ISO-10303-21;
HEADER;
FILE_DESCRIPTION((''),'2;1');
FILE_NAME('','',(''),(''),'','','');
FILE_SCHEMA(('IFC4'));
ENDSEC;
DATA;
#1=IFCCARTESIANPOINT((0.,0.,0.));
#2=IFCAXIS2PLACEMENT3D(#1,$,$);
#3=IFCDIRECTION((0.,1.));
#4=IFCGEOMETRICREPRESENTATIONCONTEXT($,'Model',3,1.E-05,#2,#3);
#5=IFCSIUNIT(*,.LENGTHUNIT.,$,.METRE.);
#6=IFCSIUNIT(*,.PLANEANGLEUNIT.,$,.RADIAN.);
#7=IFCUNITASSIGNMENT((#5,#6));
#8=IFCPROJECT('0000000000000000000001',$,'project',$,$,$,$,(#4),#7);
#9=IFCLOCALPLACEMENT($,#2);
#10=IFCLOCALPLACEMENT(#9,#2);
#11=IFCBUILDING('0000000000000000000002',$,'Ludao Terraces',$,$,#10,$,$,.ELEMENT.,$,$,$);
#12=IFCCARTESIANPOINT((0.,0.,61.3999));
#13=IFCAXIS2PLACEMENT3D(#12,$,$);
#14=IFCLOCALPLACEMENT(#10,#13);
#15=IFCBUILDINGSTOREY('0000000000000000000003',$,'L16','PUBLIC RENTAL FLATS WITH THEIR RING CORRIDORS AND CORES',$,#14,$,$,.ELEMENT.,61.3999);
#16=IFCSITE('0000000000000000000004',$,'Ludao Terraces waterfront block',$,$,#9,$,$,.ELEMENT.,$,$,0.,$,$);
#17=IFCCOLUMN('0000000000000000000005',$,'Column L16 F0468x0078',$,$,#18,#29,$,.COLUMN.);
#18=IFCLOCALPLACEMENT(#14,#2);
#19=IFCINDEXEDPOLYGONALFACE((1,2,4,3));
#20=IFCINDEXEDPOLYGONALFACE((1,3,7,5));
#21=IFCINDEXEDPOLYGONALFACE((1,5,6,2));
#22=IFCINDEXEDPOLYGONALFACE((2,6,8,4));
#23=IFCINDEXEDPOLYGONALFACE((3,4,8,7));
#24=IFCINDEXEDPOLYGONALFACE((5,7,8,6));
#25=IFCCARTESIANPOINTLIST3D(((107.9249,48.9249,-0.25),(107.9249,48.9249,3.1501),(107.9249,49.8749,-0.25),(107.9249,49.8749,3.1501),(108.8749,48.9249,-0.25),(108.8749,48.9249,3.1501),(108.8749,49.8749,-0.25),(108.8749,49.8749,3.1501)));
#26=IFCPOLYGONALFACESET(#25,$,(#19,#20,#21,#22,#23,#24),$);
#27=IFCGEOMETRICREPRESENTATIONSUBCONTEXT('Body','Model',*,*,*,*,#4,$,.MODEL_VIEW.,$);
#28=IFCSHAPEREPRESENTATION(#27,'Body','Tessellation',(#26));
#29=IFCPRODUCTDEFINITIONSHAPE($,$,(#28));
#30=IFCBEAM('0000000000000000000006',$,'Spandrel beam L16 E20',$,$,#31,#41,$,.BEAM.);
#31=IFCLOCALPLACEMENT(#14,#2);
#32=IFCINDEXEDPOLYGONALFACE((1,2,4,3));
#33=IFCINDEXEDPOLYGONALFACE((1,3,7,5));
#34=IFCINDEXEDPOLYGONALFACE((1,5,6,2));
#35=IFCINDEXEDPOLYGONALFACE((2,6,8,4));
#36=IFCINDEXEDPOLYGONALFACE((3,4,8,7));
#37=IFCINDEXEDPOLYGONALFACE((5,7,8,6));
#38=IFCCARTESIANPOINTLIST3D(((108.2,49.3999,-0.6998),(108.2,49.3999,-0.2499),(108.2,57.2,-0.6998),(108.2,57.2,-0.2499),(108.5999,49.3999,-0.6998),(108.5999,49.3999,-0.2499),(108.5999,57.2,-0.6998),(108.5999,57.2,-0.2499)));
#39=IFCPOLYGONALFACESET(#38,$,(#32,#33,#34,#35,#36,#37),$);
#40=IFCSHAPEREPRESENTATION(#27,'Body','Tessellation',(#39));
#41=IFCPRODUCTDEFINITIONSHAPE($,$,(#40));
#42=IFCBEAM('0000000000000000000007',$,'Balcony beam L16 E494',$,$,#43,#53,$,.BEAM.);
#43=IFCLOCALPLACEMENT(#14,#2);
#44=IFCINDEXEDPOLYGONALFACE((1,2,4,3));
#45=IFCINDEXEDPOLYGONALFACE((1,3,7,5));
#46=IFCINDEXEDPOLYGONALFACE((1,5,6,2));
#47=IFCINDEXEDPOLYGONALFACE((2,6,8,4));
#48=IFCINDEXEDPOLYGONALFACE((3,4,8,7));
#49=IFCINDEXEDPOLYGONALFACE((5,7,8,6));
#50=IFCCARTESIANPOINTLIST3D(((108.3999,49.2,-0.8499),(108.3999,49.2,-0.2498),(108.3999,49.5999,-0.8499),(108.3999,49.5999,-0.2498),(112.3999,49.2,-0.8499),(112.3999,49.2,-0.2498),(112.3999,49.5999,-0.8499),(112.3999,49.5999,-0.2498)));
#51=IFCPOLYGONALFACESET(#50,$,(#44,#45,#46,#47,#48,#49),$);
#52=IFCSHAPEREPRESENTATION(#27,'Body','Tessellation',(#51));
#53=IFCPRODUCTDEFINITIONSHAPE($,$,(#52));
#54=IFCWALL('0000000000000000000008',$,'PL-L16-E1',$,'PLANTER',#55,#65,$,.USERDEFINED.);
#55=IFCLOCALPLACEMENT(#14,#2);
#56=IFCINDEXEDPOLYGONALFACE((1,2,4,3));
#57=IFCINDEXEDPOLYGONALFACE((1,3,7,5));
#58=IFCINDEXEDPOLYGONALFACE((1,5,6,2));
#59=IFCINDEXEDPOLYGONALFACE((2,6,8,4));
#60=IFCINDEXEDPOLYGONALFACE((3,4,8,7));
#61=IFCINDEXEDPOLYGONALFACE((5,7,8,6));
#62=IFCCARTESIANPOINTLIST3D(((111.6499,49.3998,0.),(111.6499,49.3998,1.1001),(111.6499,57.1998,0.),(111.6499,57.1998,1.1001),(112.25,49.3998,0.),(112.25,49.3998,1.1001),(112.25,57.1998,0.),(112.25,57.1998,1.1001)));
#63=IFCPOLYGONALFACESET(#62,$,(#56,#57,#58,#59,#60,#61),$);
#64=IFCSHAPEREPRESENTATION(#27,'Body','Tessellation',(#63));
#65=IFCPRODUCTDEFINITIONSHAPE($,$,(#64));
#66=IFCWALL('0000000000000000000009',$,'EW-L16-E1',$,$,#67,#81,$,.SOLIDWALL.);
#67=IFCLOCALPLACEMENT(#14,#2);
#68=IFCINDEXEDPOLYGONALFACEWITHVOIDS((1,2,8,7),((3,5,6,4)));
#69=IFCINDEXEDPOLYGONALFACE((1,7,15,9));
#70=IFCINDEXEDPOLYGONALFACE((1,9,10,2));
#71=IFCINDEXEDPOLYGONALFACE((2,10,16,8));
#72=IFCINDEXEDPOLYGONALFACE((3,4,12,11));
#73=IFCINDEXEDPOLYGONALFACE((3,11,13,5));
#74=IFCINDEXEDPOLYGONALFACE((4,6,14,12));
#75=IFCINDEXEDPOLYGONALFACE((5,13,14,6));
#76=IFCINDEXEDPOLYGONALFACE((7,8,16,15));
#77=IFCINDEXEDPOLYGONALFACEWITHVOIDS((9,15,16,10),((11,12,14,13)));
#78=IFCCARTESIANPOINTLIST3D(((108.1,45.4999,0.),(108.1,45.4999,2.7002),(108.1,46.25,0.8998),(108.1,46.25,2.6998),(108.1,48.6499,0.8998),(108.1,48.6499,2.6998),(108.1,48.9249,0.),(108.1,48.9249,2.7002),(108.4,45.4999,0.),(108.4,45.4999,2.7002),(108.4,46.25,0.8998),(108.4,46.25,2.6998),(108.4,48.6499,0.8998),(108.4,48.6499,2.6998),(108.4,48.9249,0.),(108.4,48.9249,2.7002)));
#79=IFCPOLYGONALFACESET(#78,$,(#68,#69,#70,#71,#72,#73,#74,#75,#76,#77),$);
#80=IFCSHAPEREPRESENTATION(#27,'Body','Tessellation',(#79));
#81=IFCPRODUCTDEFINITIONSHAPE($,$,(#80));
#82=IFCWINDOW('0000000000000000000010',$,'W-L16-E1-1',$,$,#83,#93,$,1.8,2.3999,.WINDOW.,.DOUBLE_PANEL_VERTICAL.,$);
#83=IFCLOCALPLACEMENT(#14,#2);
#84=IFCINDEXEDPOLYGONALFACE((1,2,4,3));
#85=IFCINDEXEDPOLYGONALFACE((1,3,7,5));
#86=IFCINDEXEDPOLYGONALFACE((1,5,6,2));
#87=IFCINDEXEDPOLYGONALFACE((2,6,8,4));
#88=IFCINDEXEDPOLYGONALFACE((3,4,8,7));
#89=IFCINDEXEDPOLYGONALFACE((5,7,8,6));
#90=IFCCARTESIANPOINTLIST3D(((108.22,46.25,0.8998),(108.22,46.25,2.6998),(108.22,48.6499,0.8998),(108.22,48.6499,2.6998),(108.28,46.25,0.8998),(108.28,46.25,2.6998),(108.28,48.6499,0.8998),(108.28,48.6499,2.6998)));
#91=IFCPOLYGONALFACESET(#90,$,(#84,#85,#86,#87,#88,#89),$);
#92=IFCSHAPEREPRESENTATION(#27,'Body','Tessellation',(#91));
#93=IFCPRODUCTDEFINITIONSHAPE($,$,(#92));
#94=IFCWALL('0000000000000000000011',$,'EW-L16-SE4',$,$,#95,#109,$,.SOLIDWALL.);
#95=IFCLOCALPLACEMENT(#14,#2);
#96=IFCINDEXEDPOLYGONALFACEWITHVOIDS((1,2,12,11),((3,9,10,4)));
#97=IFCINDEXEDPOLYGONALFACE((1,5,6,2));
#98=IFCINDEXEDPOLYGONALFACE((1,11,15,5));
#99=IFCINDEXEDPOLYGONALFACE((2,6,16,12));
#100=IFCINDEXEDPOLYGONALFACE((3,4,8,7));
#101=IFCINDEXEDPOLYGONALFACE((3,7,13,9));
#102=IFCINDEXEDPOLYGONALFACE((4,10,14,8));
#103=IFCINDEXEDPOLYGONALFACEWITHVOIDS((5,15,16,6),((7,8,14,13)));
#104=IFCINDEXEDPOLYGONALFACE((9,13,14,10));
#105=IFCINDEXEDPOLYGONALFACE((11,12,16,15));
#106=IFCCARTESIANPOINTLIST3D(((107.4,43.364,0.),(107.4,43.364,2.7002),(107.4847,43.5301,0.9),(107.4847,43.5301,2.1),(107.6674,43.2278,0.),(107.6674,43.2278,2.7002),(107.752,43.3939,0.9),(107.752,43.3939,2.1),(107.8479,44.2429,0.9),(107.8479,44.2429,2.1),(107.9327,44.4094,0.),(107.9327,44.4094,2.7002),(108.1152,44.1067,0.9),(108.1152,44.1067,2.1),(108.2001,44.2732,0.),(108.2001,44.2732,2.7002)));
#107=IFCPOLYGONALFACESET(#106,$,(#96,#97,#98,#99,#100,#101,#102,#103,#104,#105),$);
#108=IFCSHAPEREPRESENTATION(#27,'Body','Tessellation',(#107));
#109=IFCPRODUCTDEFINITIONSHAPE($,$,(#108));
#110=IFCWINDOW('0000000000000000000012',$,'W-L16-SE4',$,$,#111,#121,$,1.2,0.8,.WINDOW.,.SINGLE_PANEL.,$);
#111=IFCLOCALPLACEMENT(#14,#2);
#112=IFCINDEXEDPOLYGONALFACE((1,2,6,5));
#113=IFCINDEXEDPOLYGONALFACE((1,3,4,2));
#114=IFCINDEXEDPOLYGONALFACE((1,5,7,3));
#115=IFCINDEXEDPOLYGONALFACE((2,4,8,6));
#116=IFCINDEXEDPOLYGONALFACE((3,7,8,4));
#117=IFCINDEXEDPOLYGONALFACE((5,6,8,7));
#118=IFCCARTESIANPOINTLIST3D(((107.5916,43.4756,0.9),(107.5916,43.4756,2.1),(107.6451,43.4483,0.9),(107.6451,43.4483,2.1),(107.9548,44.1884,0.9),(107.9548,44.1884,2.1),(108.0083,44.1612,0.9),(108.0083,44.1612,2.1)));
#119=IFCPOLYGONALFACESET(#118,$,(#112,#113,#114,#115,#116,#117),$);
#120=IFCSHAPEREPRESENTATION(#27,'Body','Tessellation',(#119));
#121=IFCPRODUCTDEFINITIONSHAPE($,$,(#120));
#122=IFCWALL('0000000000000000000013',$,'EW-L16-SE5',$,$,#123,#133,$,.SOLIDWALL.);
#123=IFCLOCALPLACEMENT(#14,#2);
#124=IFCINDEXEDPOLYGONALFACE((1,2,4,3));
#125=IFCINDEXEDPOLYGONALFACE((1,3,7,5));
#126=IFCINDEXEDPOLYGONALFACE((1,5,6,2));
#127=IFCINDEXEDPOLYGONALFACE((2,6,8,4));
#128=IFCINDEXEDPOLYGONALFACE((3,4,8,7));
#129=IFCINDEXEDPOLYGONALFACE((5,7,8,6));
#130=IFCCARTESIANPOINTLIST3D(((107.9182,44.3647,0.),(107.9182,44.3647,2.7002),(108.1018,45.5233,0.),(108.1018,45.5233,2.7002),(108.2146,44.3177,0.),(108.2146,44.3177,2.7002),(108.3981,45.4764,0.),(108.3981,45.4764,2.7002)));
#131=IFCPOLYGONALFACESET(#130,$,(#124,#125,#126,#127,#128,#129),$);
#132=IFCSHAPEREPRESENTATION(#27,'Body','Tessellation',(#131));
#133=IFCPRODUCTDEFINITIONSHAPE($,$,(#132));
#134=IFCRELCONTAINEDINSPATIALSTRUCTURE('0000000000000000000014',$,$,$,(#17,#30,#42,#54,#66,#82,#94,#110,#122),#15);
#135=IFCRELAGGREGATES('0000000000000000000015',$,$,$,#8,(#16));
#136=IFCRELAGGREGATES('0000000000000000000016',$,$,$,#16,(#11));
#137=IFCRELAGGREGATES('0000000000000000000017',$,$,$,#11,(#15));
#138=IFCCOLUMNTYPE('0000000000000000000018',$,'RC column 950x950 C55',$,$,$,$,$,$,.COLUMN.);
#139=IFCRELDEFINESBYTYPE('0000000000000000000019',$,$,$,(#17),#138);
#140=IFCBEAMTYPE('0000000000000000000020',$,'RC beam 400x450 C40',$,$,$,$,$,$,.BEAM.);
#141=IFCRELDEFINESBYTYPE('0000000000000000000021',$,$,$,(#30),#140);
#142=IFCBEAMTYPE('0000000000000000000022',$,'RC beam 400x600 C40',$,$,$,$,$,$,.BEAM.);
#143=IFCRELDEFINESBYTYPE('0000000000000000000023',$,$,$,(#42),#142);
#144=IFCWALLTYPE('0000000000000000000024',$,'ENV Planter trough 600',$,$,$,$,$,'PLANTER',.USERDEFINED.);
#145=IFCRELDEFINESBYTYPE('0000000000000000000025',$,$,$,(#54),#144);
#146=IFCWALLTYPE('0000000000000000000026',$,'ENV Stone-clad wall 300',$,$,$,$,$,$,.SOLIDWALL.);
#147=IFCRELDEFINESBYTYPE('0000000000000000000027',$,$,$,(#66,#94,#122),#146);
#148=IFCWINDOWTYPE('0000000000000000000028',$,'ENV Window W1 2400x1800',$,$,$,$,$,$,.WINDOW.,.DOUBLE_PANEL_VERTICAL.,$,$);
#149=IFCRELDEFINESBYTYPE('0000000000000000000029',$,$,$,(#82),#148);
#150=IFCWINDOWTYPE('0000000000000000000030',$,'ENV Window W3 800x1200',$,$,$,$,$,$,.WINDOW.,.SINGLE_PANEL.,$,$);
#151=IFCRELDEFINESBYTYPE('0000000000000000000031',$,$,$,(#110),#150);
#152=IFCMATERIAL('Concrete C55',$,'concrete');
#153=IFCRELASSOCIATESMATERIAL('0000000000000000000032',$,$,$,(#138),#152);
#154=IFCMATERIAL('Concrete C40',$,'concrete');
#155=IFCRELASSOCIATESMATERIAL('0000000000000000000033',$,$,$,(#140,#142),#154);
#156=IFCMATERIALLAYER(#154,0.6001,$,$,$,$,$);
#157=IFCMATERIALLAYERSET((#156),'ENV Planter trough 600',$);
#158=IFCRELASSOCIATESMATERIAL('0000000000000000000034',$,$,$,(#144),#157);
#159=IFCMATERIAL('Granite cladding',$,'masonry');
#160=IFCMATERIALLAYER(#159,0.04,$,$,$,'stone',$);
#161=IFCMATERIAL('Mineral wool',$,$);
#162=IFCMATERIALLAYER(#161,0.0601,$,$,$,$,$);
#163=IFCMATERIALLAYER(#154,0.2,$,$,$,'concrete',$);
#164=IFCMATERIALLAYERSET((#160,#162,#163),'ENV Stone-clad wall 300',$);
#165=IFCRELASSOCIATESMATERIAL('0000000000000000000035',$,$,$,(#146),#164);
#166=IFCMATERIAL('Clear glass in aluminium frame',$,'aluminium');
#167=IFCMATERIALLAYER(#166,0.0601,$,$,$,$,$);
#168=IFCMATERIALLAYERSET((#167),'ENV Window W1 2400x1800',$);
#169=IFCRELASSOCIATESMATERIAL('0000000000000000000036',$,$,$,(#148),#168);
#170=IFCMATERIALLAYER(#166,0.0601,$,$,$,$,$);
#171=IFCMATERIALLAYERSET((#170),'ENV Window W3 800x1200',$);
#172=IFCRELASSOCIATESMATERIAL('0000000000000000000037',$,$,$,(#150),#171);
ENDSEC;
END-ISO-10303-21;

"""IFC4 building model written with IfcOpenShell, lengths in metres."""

from ifc_helpers import new_model, si_unit, direction, frame, frame_2d, origin, origin_2d, place, context, subcontext, project, spatial, rectangle, extrude, material, layer, layer_set, material_profile, profile_set, type_object, element, fill, save


model = new_model("IFC4")

# Units and contexts
model_context = context("Model", 3, precision=1e-05, world=origin(), true_north=direction((0.0, 1.0)))
body_context = subcontext(model_context, "Body", "Model", "MODEL_VIEW")
ifc_project = project(units=[si_unit("LENGTHUNIT", "METRE"), si_unit("PLANEANGLEUNIT", "RADIAN")], contexts=[model_context])

# Site, building, storey
site_placement = place(None, origin())
site = spatial("IfcSite", under=ifc_project, at=site_placement, Name="Ludao Terraces waterfront block", CompositionType="ELEMENT", RefElevation=0.0)
building_placement = place(site_placement, origin())
building = spatial("IfcBuilding", under=site, at=building_placement, Name="Ludao Terraces", CompositionType="ELEMENT")
storey_placement = place(building_placement, frame((0.0, 0.0, 61.3999)))
storey = spatial("IfcBuildingStorey", under=building, at=storey_placement, Name="L16", Description="PUBLIC RENTAL FLATS WITH THEIR RING CORRIDORS AND CORES", CompositionType="ELEMENT", Elevation=61.3999)

# Column
ifc_material_1 = material(Name="Concrete C55", Category="concrete")
ifc_material_profile_1 = material_profile(ifc_material_1, rectangle(XDim=0.95, YDim=0.95, at=origin_2d()), Name="950 X 950")
ifc_profile_set_1 = profile_set([ifc_material_profile_1], Name="Concrete C55")
column_type = type_object("IfcColumnType", Name="RC column 950x950 C55", PredefinedType="COLUMN", material=ifc_profile_set_1)
column_placement = place(storey_placement, frame((108.3999, 49.3999, -0.25), z_axis=(0.0, 0.0, 1.0), x_axis=(1.0, 0.0, 0.0)))
element("IfcColumn", 1, at=column_placement, inside=storey, type_object=column_type, Name="Column L16 F0468x0078", PredefinedType="COLUMN", context=body_context, shape_type="SweptSolid", body=[
    extrude(rectangle(XDim=0.95, YDim=0.95, at=origin_2d()), origin(), (0.0, 0.0, 1.0), 3.4001),
])

# Beams
ifc_material_2 = material(Name="Concrete C40", Category="concrete")
ifc_material_profile_2 = material_profile(ifc_material_2, rectangle(XDim=0.3999, YDim=0.45, at=origin_2d()), Name="400 X 450")
ifc_profile_set_2 = profile_set([ifc_material_profile_2], Name="Concrete C40")
beam_type_1 = type_object("IfcBeamType", Name="RC beam 400x450 C40", PredefinedType="BEAM", material=ifc_profile_set_2)
beam_1_placement = place(storey_placement, frame((108.3999, 49.3999, -0.4749), z_axis=(0.0, 1.0, 0.0), x_axis=(-1.0, 0.0, 0.0)))
element("IfcBeam", 2, at=beam_1_placement, inside=storey, type_object=beam_type_1, Name="Spandrel beam L16 E20", PredefinedType="BEAM", context=body_context, shape_type="SweptSolid", body=[
    extrude(rectangle(XDim=0.3999, YDim=0.45, at=origin_2d()), origin(), (0.0, 0.0, 1.0), 7.8),
])
ifc_material_profile_3 = material_profile(ifc_material_2, rectangle(XDim=0.3999, YDim=0.6001, at=origin_2d()), Name="400 X 600")
ifc_profile_set_3 = profile_set([ifc_material_profile_3], Name="Concrete C40")
beam_type_2 = type_object("IfcBeamType", Name="RC beam 400x600 C40", PredefinedType="BEAM", material=ifc_profile_set_3)
beam_2_placement = place(storey_placement, frame((108.3999, 49.3999, -0.5498), z_axis=(1.0, 0.0, 0.0), x_axis=(0.0, 1.0, 0.0)))
element("IfcBeam", 3, at=beam_2_placement, inside=storey, type_object=beam_type_2, Name="Balcony beam L16 E494", PredefinedType="BEAM", context=body_context, shape_type="SweptSolid", body=[
    extrude(rectangle(XDim=0.3999, YDim=0.6001, at=origin_2d()), origin(), (0.0, 0.0, 1.0), 4.0),
])

# Wall
ifc_layer_1 = layer(ifc_material_2, 0.6001)
ifc_layer_set_1 = layer_set([ifc_layer_1], Name="ENV Planter trough 600")
wall_type_1 = type_object("IfcWallType", Name="ENV Planter trough 600", ElementType="PLANTER", PredefinedType="USERDEFINED", material=ifc_layer_set_1)
wall_1_placement = place(storey_placement, frame((111.95, 49.3999, 0.0), z_axis=(0.0, 0.0, 1.0), x_axis=(0.0, 1.0, 0.0)))
element("IfcWall", 4, at=wall_1_placement, inside=storey, type_object=wall_type_1, Name="PL-L16-E1", ObjectType="PLANTER", PredefinedType="USERDEFINED", context=body_context, shape_type="SweptSolid", body=[
    extrude(rectangle(XDim=7.8, YDim=0.6001, at=frame_2d((3.8999, 0.0))), origin(), (0.0, 0.0, 1.0), 1.1001),
])

# Walls, openings, windows
ifc_material_3 = material(Name="Granite cladding", Category="masonry")
ifc_layer_2 = layer(ifc_material_3, 0.04, Category="stone")
ifc_material_4 = material(Name="Mineral wool")
ifc_layer_3 = layer(ifc_material_4, 0.0601)
ifc_layer_4 = layer(ifc_material_2, 0.2, Category="concrete")
ifc_layer_set_2 = layer_set([ifc_layer_2, ifc_layer_3, ifc_layer_4], Name="ENV Stone-clad wall 300")
wall_type_2 = type_object("IfcWallType", Name="ENV Stone-clad wall 300", PredefinedType="SOLIDWALL", material=ifc_layer_set_2)
wall_2_placement = place(storey_placement, frame((108.25, 45.5, 0.0), z_axis=(0.0, 0.0, 1.0), x_axis=(0.0, 1.0, 0.0)))
wall_2 = element("IfcWall", 5, at=wall_2_placement, inside=storey, type_object=wall_type_2, Name="EW-L16-E1", PredefinedType="SOLIDWALL", context=body_context, shape_type="SweptSolid", body=[
    extrude(rectangle(XDim=3.425, YDim=0.3, at=frame_2d((1.7124, 0.0))), origin(), (0.0, 0.0, 1.0), 2.7002),
])
opening_1_placement = place(wall_2_placement, frame((0.75, 0.0, 0.8999)))
opening_1 = element("IfcOpeningElement", 6, at=opening_1_placement, cuts=wall_2, PredefinedType="OPENING", context=body_context, shape_type="SweptSolid", body=[
    extrude(rectangle(XDim=2.3999, YDim=1.8, at=frame_2d((1.2, 0.8999))), frame((0.0, 0.1602, 0.0), z_axis=(0.0, -1.0, 0.0), x_axis=(1.0, 0.0, 0.0)), (0.0, 0.0, 1.0), 0.3201),
])
ifc_material_5 = material(Name="Clear glass in aluminium frame", Category="aluminium")
ifc_layer_5 = layer(ifc_material_5, 0.0601)
ifc_layer_set_3 = layer_set([ifc_layer_5], Name="ENV Window W1 2400x1800")
window_type_1 = type_object("IfcWindowType", Name="ENV Window W1 2400x1800", PartitioningType="DOUBLE_PANEL_VERTICAL", PredefinedType="WINDOW", material=ifc_layer_set_3)
window_1_placement = place(opening_1_placement, origin())
window_1 = element("IfcWindow", 7, at=window_1_placement, inside=storey, type_object=window_type_1, Name="W-L16-E1-1", OverallHeight=1.8, OverallWidth=2.3999, PartitioningType="DOUBLE_PANEL_VERTICAL", PredefinedType="WINDOW", context=body_context, shape_type="SweptSolid", body=[
    extrude(rectangle(XDim=2.3999, YDim=1.8, at=frame_2d((1.2, 0.8999))), frame((0.0, 0.03, 0.0), z_axis=(0.0, -1.0, 0.0), x_axis=(1.0, 0.0, 0.0)), (0.0, 0.0, 1.0), 0.0601),
])
fill(opening_1, window_1)
wall_3_placement = place(storey_placement, frame((107.5337, 43.2959, 0.0), z_axis=(0.0, 0.0, 1.0), x_axis=(0.454026, 0.890989, 0.0)))
wall_3 = element("IfcWall", 8, at=wall_3_placement, inside=storey, type_object=wall_type_2, Name="EW-L16-SE4", PredefinedType="SOLIDWALL", context=body_context, shape_type="SweptSolid", body=[
    extrude(rectangle(XDim=1.1733, YDim=0.3, at=frame_2d((0.5867, 0.0))), origin(), (0.0, 0.0, 1.0), 2.7002),
])
opening_2_placement = place(wall_3_placement, frame((0.1865, 0.0, 0.8999)))
opening_2 = element("IfcOpeningElement", 9, at=opening_2_placement, cuts=wall_3, PredefinedType="OPENING", context=body_context, shape_type="SweptSolid", body=[
    extrude(rectangle(XDim=0.8, YDim=1.2, at=frame_2d((0.3999, 0.6001))), frame((0.0, 0.1602, 0.0), z_axis=(0.0, -1.0, 0.0), x_axis=(1.0, 0.0, 0.0)), (0.0, 0.0, 1.0), 0.3201),
])
ifc_layer_6 = layer(ifc_material_5, 0.0601)
ifc_layer_set_4 = layer_set([ifc_layer_6], Name="ENV Window W3 800x1200")
window_type_2 = type_object("IfcWindowType", Name="ENV Window W3 800x1200", PartitioningType="SINGLE_PANEL", PredefinedType="WINDOW", material=ifc_layer_set_4)
window_2_placement = place(opening_2_placement, origin())
window_2 = element("IfcWindow", 10, at=window_2_placement, inside=storey, type_object=window_type_2, Name="W-L16-SE4", OverallHeight=1.2, OverallWidth=0.8, PartitioningType="SINGLE_PANEL", PredefinedType="WINDOW", context=body_context, shape_type="SweptSolid", body=[
    extrude(rectangle(XDim=0.8, YDim=1.2, at=frame_2d((0.3999, 0.6001))), frame((0.0, 0.03, 0.0), z_axis=(0.0, -1.0, 0.0), x_axis=(1.0, 0.0, 0.0)), (0.0, 0.0, 1.0), 0.0601),
])
fill(opening_2, window_2)

# Wall
wall_4_placement = place(storey_placement, frame((108.0664, 44.3413, 0.0), z_axis=(0.0, 0.0, 1.0), x_axis=(0.156497, 0.987678, 0.0)))
element("IfcWall", 11, at=wall_4_placement, inside=storey, type_object=wall_type_2, Name="EW-L16-SE5", PredefinedType="SOLIDWALL", context=body_context, shape_type="SweptSolid", body=[
    extrude(rectangle(XDim=1.1731, YDim=0.3, at=frame_2d((0.5864, 0.0))), origin(), (0.0, 0.0, 1.0), 2.7002),
])

save(model, "model.ifc")
